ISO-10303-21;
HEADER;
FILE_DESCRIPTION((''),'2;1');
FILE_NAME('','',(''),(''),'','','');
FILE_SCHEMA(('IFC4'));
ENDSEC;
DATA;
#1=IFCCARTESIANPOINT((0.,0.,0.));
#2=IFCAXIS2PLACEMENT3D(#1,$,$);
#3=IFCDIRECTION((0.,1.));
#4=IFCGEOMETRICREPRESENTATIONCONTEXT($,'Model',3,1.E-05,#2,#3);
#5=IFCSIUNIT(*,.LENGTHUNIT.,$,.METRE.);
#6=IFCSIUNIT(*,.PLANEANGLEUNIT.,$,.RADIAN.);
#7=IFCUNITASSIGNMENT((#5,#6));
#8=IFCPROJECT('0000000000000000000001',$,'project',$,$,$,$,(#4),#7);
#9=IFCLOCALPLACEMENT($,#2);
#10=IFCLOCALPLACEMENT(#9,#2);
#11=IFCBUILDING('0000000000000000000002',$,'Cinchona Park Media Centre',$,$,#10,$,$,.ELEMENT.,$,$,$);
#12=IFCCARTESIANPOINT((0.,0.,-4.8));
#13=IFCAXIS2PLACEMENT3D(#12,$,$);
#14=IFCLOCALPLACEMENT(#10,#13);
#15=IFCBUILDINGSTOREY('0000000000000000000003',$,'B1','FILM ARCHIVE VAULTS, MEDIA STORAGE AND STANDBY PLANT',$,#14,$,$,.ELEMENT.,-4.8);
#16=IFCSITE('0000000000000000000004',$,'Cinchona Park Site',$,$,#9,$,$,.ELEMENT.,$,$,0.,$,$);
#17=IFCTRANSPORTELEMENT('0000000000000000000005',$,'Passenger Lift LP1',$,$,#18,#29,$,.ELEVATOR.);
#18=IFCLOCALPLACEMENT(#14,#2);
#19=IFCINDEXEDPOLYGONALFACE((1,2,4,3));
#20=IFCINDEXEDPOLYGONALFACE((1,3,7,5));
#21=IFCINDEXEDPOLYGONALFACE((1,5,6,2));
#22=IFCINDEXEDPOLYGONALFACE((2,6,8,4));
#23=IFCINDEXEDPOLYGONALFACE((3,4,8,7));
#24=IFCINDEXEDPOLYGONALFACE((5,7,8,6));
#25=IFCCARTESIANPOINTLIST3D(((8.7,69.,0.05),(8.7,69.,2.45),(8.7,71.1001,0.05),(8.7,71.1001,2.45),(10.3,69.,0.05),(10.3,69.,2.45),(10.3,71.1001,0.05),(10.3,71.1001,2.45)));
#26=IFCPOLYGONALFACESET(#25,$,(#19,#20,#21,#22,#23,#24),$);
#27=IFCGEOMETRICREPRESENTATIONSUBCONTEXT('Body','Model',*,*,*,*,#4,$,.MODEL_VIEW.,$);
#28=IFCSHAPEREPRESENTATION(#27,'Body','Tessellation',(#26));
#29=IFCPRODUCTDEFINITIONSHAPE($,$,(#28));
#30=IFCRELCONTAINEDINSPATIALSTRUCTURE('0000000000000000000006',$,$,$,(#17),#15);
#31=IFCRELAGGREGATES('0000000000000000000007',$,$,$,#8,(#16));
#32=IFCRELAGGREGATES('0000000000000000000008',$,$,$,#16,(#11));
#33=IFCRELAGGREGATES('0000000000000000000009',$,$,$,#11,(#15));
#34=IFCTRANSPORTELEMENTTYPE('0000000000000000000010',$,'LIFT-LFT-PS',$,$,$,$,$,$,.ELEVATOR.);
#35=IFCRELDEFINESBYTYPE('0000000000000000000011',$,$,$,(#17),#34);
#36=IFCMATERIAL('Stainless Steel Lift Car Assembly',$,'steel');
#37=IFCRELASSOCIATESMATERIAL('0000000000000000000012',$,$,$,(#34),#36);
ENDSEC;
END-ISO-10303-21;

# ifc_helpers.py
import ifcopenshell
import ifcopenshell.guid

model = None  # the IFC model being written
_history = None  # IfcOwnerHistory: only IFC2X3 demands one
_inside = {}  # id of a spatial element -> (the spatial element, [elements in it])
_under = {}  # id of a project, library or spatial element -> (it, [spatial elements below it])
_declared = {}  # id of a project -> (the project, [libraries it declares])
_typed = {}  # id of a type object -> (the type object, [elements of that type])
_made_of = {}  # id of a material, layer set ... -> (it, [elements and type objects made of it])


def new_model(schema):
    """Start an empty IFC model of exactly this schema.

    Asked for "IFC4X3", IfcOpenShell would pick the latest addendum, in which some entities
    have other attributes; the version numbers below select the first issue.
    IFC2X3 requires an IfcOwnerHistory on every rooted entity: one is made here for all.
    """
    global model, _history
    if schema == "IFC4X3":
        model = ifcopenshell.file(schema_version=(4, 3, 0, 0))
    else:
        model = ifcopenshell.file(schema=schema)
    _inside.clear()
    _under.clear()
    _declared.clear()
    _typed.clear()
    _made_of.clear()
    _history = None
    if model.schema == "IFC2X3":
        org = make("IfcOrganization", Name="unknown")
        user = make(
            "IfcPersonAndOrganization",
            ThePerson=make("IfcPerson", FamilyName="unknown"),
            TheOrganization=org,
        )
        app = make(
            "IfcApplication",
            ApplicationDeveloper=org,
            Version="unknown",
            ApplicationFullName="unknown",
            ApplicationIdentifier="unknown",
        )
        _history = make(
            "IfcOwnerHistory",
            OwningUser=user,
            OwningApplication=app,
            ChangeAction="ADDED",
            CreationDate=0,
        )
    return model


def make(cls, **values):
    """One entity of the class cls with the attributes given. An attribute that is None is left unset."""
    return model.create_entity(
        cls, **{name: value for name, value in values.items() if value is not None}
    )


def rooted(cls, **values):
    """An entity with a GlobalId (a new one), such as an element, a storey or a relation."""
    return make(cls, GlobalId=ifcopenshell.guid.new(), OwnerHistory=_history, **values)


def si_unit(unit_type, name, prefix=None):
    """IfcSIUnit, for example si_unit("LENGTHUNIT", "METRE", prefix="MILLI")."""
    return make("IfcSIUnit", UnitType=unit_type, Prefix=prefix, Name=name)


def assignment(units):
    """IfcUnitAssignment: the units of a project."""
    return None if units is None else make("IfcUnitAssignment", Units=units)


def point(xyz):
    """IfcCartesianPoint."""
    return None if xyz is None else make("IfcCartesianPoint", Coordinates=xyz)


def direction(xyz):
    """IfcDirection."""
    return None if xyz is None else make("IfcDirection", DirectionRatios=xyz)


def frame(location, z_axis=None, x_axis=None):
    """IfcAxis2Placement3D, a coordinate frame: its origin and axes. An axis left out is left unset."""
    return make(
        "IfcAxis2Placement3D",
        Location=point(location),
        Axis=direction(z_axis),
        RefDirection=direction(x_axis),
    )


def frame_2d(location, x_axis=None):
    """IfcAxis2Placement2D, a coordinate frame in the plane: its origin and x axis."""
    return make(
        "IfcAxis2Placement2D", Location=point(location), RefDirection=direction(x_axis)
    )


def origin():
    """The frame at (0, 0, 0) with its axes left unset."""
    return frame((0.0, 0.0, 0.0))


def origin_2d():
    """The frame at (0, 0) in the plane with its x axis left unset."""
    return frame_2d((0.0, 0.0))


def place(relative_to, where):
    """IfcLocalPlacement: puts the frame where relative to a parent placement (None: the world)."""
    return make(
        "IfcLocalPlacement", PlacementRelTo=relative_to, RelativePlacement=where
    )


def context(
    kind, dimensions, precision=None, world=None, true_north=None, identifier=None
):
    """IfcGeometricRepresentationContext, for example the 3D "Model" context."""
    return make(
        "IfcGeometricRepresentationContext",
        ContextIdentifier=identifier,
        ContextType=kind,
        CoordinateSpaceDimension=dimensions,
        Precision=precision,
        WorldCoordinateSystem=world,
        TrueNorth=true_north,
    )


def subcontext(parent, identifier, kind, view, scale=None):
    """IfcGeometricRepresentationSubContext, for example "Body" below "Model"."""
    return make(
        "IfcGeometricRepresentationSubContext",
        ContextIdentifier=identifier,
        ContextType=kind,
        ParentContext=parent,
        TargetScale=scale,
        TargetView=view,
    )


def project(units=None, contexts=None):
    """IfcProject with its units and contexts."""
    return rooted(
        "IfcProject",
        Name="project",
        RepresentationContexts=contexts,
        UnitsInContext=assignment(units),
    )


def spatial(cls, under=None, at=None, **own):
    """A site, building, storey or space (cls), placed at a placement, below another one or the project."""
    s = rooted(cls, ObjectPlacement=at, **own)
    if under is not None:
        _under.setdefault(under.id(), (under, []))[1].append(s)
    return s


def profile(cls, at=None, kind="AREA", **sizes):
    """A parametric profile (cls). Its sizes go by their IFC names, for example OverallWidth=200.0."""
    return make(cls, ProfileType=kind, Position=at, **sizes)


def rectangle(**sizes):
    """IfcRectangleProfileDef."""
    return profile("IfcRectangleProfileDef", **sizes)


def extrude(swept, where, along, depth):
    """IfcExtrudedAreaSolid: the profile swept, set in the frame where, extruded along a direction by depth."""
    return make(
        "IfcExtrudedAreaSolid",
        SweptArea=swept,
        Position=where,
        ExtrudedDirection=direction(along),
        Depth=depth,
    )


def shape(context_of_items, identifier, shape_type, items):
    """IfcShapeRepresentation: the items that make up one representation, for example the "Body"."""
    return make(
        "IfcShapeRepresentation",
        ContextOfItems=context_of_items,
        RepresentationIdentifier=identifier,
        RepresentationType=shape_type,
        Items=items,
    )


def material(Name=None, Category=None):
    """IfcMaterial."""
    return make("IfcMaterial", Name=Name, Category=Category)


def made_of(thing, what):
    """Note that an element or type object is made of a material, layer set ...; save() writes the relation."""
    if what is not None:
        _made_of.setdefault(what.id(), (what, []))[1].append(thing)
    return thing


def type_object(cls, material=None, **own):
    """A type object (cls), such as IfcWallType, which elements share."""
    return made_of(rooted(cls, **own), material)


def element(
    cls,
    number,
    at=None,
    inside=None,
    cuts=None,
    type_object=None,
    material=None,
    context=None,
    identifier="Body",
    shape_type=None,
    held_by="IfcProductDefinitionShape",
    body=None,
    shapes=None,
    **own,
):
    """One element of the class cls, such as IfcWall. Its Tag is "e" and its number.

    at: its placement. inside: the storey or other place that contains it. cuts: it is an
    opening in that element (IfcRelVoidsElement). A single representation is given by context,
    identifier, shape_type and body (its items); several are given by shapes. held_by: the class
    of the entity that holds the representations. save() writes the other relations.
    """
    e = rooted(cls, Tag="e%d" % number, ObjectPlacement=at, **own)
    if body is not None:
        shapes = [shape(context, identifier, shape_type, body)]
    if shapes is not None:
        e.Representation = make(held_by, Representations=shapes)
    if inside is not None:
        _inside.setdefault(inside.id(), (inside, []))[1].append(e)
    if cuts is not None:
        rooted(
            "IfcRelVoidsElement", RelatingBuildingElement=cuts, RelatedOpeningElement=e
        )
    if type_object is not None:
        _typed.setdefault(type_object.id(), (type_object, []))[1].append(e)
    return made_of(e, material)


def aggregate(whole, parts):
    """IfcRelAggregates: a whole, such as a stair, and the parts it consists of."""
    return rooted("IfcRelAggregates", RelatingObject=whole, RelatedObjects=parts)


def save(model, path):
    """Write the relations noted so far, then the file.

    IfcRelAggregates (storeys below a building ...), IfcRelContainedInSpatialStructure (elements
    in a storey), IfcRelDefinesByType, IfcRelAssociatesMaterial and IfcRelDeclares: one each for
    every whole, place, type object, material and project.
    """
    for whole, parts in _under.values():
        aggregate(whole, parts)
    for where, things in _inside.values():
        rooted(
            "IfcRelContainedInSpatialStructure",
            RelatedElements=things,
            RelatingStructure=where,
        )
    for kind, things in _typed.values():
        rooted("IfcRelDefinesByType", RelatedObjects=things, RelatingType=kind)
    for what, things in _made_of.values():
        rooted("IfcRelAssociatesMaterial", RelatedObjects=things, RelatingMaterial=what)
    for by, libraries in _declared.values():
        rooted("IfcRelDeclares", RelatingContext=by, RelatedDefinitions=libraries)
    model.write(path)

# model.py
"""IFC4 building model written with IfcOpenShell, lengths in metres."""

from ifc_helpers import new_model, si_unit, direction, frame, origin, origin_2d, place, context, subcontext, project, spatial, rectangle, extrude, material, type_object, element, save


model = new_model("IFC4")

# Units and contexts
model_context = context("Model", 3, precision=1e-05, world=origin(), true_north=direction((0.0, 1.0)))
body_context = subcontext(model_context, "Body", "Model", "MODEL_VIEW")
ifc_project = project(units=[si_unit("LENGTHUNIT", "METRE"), si_unit("PLANEANGLEUNIT", "RADIAN")], contexts=[model_context])

# Site, building, storey
site_placement = place(None, origin())
site = spatial("IfcSite", under=ifc_project, at=site_placement, Name="Cinchona Park Site", CompositionType="ELEMENT", RefElevation=0.0)
building_placement = place(site_placement, origin())
building = spatial("IfcBuilding", under=site, at=building_placement, Name="Cinchona Park Media Centre", CompositionType="ELEMENT")
storey_placement = place(building_placement, frame((0.0, 0.0, -4.8)))
storey = spatial("IfcBuildingStorey", under=building, at=storey_placement, Name="B1", Description="FILM ARCHIVE VAULTS, MEDIA STORAGE AND STANDBY PLANT", CompositionType="ELEMENT", Elevation=-4.8)

# Transport element
ifc_material_1 = material(Name="Stainless Steel Lift Car Assembly", Category="steel")
transport_element_type = type_object("IfcTransportElementType", Name="LIFT-LFT-PS", PredefinedType="ELEVATOR", material=ifc_material_1)
transport_element_placement = place(storey_placement, frame((9.5, 70.05, 0.05), z_axis=(0.0, 0.0, 1.0), x_axis=(1.0, 0.0, 0.0)))
element("IfcTransportElement", 1, at=transport_element_placement, inside=storey, type_object=transport_element_type, Name="Passenger Lift LP1", PredefinedType="ELEVATOR", context=body_context, shape_type="SweptSolid", body=[
    extrude(rectangle(XDim=1.6001, YDim=2.1001, at=origin_2d()), origin(), (0.0, 0.0, 1.0), 2.3999),
])

save(model, "model.ifc")
